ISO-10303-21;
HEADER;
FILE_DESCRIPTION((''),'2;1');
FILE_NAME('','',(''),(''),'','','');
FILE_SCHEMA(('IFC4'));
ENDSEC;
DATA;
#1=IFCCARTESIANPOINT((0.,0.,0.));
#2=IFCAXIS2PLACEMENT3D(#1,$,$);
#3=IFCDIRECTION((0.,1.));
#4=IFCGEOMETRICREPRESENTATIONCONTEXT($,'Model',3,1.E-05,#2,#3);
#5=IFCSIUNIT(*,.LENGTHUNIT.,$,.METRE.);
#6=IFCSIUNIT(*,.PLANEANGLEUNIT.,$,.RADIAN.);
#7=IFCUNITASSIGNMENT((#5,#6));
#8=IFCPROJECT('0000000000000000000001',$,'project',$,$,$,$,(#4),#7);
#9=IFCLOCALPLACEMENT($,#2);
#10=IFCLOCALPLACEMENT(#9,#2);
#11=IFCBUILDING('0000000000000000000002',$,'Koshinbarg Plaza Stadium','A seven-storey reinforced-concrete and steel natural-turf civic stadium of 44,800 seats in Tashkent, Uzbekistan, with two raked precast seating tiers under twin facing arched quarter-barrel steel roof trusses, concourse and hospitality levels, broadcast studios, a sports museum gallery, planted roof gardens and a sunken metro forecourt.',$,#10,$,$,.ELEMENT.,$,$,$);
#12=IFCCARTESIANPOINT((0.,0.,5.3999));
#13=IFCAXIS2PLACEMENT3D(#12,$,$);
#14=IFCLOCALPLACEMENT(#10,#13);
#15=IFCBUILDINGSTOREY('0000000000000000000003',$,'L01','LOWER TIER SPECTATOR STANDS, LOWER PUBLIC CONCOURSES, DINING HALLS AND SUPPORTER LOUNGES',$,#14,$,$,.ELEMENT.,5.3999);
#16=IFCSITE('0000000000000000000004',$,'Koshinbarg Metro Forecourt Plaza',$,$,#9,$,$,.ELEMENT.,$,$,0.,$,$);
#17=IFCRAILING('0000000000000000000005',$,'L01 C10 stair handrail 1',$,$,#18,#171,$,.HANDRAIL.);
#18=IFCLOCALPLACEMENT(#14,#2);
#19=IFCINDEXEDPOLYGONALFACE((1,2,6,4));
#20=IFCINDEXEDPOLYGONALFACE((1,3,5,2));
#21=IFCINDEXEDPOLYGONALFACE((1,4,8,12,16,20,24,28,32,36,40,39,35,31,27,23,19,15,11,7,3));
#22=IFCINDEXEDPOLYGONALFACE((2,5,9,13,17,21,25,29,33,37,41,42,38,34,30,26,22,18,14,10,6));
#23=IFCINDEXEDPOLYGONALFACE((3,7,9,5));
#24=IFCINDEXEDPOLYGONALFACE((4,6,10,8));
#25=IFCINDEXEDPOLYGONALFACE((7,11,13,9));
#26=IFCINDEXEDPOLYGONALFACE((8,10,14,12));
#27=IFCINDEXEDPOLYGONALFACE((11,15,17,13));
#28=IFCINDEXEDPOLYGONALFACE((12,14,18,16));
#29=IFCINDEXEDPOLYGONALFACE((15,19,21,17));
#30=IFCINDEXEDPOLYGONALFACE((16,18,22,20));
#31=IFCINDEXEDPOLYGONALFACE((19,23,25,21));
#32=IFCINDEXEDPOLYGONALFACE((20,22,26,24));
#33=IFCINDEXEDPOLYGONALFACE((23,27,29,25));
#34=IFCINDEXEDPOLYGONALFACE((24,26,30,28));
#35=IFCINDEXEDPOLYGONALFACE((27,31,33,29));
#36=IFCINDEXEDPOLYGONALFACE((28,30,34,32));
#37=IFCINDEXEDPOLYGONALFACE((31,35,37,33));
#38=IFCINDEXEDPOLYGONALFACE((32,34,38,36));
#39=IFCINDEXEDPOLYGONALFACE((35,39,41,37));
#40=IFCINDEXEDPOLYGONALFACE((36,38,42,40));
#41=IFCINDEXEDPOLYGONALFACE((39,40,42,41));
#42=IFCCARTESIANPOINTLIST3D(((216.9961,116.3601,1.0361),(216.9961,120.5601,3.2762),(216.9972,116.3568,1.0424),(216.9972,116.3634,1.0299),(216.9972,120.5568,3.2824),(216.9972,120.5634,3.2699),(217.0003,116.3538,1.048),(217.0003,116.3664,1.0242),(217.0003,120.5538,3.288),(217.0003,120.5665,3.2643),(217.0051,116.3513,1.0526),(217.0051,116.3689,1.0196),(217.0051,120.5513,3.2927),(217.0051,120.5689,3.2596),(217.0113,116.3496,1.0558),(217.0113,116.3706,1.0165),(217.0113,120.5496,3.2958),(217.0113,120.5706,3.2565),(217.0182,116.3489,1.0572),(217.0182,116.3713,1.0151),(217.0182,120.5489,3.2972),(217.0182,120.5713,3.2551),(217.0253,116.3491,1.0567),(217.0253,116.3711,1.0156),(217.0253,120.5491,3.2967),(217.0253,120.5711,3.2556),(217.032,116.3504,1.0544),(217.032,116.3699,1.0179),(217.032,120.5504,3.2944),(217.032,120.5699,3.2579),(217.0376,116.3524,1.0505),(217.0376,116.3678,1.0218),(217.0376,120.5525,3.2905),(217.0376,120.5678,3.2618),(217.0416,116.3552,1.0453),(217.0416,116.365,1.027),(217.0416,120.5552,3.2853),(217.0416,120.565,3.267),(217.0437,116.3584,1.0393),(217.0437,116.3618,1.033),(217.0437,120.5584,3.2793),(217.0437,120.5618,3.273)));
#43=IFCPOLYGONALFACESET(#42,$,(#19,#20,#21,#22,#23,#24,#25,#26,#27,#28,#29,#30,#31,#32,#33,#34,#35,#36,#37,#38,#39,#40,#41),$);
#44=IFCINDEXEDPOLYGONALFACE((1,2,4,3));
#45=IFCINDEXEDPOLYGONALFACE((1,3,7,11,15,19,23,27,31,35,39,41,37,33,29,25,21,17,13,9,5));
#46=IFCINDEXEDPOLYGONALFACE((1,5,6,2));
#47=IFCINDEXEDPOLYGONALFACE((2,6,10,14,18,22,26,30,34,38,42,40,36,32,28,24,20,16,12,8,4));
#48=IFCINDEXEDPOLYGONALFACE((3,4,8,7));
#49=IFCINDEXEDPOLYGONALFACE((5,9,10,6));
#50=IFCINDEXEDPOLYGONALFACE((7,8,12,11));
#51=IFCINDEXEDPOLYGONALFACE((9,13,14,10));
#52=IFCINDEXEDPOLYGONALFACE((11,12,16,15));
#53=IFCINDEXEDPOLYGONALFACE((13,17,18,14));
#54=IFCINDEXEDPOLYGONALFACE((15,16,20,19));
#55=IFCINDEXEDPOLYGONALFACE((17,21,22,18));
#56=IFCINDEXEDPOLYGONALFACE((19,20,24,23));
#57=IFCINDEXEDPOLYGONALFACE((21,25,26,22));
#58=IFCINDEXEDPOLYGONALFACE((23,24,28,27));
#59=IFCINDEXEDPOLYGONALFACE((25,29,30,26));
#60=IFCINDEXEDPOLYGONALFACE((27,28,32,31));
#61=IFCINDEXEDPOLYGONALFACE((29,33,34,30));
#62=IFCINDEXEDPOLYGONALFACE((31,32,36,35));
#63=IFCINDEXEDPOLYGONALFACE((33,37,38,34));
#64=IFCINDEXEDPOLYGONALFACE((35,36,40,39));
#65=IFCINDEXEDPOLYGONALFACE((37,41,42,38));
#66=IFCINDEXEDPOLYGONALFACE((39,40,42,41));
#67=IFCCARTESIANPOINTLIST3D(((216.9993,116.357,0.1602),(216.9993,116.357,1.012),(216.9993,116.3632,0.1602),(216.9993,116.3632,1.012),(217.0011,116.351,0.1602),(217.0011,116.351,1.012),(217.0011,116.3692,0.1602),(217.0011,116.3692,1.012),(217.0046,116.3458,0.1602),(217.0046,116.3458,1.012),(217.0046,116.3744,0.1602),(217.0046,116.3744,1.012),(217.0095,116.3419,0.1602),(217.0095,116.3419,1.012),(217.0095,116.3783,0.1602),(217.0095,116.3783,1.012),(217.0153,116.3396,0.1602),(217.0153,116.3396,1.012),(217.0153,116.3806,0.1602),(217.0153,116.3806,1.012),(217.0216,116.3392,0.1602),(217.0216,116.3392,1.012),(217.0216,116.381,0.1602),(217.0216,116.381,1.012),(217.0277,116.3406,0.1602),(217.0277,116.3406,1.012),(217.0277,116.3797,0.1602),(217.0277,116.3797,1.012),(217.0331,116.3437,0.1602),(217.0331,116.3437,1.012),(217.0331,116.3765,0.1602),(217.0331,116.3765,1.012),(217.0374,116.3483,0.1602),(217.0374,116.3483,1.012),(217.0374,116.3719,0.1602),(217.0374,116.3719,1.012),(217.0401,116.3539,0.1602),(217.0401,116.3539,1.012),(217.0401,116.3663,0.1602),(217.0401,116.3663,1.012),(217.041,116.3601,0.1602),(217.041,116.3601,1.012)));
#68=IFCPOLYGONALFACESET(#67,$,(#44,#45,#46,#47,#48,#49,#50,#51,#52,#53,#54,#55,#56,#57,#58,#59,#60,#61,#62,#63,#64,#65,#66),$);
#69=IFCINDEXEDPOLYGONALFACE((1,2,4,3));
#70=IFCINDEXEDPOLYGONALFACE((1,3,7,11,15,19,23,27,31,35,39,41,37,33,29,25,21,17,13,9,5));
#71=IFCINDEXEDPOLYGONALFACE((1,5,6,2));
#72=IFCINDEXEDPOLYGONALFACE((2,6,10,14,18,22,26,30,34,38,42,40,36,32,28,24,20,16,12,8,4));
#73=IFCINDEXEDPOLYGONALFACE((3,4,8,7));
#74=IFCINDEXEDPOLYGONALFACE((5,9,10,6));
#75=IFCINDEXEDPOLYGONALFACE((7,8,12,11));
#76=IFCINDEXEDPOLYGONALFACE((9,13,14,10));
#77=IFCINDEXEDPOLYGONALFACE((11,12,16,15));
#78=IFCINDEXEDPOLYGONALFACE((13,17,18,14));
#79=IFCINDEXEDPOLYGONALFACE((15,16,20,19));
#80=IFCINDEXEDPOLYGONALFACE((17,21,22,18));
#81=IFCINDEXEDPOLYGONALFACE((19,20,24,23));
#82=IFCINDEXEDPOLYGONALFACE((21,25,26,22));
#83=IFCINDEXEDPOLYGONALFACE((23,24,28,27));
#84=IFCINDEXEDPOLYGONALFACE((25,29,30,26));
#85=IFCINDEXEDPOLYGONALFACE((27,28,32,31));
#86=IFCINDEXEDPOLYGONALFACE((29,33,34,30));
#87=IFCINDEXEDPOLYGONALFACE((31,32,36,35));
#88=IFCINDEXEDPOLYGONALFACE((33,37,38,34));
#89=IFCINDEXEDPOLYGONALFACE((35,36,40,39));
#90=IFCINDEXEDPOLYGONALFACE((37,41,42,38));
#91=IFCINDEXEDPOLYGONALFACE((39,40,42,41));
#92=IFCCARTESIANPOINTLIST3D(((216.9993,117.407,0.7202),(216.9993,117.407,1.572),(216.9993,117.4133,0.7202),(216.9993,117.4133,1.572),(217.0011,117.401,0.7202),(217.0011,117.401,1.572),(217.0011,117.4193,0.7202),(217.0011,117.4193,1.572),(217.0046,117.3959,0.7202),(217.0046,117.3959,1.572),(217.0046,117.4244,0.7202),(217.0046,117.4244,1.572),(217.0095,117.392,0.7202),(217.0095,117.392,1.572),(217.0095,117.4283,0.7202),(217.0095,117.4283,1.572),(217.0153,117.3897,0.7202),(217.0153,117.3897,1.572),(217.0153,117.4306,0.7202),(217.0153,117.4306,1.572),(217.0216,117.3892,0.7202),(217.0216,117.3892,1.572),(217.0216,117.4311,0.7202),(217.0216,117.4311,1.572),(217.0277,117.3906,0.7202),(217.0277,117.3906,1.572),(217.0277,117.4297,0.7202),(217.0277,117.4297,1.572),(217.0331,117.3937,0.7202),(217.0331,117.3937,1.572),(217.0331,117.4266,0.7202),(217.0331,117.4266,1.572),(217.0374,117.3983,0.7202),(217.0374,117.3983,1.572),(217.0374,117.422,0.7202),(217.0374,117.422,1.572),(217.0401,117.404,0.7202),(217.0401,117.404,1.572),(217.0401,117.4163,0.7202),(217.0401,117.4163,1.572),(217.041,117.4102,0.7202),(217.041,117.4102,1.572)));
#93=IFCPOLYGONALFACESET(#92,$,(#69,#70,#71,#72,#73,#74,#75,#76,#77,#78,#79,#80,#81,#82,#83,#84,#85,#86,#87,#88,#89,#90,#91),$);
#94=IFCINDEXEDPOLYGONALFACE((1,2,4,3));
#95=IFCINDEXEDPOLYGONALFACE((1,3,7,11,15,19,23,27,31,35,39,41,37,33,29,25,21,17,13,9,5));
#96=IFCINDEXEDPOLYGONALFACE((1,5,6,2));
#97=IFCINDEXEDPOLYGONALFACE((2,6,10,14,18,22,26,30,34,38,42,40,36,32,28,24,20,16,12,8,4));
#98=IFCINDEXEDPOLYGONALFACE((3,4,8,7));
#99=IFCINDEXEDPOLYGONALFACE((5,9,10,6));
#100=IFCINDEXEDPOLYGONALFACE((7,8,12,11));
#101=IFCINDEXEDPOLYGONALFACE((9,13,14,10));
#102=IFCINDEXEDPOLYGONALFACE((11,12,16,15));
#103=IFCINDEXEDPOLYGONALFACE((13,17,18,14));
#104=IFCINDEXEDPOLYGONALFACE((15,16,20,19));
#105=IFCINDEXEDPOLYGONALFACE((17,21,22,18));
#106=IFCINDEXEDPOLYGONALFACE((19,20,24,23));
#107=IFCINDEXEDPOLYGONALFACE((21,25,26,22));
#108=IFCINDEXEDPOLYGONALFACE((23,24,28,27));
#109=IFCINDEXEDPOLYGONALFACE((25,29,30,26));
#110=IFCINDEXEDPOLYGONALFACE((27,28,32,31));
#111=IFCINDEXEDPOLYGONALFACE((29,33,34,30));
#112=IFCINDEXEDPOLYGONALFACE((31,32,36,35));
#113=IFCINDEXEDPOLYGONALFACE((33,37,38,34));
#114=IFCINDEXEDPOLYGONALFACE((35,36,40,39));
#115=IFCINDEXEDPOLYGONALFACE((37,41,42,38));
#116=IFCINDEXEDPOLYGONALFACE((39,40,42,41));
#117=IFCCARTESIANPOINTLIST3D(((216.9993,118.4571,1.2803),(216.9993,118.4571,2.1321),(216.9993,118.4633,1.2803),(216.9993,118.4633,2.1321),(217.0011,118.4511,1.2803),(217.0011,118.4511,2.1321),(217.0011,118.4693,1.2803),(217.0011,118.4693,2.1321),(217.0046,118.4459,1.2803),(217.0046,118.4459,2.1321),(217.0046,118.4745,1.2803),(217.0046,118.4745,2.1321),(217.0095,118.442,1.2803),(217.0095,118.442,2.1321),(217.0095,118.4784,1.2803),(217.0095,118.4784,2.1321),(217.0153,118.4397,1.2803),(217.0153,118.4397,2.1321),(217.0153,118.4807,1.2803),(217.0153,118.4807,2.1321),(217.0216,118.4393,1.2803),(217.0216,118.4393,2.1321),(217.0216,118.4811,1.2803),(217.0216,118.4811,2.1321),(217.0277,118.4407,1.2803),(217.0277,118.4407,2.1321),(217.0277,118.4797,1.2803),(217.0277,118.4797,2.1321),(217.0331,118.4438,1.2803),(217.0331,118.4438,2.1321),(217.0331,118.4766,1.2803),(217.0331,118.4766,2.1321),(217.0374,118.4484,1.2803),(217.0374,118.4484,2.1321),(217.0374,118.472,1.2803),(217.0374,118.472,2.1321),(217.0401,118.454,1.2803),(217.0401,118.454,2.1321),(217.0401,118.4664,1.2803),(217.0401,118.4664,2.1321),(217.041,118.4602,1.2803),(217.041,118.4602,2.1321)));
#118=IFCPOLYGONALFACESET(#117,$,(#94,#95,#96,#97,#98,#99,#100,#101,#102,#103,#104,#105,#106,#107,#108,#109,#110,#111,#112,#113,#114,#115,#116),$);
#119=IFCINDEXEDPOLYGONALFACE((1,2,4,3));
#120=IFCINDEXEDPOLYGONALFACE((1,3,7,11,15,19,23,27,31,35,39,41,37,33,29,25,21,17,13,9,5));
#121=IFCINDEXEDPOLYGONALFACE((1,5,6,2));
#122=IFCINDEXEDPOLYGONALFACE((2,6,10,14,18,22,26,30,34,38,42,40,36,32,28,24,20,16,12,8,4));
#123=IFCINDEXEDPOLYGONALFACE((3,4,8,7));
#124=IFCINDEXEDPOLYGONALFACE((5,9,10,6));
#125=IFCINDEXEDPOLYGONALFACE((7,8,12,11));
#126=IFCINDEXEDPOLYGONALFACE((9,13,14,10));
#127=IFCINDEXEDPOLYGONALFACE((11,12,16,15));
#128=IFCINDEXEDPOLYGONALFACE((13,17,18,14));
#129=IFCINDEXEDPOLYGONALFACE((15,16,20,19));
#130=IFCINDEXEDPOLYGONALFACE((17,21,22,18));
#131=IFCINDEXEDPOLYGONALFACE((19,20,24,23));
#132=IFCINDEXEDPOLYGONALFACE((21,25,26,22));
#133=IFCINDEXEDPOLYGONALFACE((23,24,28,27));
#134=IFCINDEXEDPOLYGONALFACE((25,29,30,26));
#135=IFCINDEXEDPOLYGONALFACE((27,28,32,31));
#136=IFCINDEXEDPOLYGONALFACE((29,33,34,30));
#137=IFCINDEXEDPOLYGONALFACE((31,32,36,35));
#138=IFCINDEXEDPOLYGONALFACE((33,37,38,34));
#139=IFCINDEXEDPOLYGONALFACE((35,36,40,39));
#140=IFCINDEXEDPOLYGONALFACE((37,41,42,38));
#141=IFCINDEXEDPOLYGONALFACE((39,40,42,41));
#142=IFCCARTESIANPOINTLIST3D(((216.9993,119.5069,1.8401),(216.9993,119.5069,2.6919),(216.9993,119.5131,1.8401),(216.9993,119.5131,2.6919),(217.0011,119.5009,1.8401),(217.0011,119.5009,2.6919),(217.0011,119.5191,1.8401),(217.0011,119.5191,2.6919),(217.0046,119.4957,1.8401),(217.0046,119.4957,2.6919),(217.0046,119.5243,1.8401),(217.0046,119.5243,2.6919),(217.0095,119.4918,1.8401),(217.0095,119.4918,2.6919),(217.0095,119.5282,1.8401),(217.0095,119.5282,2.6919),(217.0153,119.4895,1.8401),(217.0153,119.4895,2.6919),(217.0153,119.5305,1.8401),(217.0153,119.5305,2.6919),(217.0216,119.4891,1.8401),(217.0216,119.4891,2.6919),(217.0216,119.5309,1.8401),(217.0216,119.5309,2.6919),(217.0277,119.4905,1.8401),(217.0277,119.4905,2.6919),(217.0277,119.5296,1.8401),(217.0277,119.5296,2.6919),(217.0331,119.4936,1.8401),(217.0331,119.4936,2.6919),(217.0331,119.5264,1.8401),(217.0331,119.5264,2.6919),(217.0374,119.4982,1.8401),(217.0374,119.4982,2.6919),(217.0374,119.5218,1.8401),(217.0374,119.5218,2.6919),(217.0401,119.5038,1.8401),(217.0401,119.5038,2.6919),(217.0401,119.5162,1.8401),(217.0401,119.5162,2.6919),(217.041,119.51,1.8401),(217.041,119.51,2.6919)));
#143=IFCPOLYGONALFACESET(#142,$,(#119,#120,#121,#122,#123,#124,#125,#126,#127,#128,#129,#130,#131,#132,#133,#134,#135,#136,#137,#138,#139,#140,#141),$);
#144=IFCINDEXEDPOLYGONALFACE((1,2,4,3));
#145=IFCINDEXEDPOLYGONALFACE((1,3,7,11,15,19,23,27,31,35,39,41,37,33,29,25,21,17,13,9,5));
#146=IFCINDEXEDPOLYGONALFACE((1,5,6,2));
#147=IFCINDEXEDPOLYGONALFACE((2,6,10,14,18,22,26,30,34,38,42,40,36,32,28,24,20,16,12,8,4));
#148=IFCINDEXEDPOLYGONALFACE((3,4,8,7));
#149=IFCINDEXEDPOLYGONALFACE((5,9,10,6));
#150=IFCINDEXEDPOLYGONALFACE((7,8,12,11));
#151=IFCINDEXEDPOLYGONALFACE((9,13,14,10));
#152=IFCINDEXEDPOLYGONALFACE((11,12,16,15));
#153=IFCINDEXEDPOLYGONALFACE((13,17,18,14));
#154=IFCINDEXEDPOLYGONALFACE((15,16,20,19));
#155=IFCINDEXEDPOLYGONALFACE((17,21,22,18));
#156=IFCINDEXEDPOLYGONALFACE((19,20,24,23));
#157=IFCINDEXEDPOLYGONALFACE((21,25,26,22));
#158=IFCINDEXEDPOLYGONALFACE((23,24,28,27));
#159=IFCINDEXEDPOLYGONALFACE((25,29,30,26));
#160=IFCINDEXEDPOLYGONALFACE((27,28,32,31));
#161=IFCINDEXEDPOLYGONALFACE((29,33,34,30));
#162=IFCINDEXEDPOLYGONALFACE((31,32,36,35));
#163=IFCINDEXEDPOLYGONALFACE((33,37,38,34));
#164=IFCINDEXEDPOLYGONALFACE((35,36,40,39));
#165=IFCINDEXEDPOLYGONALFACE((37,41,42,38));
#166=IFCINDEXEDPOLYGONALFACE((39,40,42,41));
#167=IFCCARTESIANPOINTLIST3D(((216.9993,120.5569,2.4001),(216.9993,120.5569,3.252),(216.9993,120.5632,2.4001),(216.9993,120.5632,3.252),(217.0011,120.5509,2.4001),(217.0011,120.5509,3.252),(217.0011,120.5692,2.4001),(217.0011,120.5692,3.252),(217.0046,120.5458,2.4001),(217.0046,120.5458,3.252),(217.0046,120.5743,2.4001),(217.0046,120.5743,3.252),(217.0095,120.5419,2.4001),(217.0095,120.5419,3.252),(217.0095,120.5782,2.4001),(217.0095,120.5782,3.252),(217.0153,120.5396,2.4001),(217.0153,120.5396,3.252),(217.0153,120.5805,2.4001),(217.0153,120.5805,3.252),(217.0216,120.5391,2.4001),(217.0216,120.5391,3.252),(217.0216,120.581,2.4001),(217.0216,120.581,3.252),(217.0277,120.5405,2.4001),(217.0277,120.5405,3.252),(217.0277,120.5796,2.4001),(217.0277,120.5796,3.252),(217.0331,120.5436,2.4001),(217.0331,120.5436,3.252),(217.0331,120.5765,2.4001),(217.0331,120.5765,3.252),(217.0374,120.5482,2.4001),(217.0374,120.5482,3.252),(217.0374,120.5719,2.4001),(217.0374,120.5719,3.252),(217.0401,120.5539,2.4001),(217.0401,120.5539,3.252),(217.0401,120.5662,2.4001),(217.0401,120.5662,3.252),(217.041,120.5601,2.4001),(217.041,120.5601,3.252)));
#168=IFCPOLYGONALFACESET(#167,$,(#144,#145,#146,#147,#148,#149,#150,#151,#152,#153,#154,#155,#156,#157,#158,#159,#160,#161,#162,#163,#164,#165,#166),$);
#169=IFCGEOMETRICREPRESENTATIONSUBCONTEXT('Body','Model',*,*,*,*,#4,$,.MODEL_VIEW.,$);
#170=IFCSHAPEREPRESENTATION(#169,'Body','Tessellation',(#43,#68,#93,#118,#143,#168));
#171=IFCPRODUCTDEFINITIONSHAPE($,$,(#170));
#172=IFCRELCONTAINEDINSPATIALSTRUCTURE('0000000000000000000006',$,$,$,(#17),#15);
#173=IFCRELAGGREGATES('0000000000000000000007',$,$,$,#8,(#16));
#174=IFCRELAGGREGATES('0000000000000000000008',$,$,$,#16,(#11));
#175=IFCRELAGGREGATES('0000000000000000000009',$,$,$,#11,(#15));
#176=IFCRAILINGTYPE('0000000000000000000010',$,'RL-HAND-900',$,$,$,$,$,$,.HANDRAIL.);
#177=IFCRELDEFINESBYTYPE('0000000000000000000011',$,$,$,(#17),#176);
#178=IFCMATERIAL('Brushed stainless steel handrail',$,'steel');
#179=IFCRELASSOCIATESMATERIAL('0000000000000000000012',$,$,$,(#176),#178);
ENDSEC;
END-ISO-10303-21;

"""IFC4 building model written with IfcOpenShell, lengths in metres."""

from ifc_helpers import new_model, si_unit, direction, frame, origin, origin_2d, place, context, subcontext, project, spatial, circle, extrude, material, type_object, element, save


model = new_model("IFC4")

# Units and contexts
model_context = context("Model", 3, precision=1e-05, world=origin(), true_north=direction((0.0, 1.0)))
body_context = subcontext(model_context, "Body", "Model", "MODEL_VIEW")
ifc_project = project(units=[si_unit("LENGTHUNIT", "METRE"), si_unit("PLANEANGLEUNIT", "RADIAN")], contexts=[model_context])

# Site, building, storey
site_placement = place(None, origin())
site = spatial("IfcSite", under=ifc_project, at=site_placement, Name="Koshinbarg Metro Forecourt Plaza", CompositionType="ELEMENT", RefElevation=0.0)
building_placement = place(site_placement, origin())
building = spatial("IfcBuilding", under=site, at=building_placement, Name="Koshinbarg Plaza Stadium", Description="A seven-storey reinforced-concrete and steel natural-turf civic stadium of 44,800 seats in Tashkent, Uzbekistan, with two raked precast seating tiers under twin facing arched quarter-barrel steel roof trusses, concourse and hospitality levels, broadcast studios, a sports museum gallery, planted roof gardens and a sunken metro forecourt.", CompositionType="ELEMENT")
storey_placement = place(building_placement, frame((0.0, 0.0, 5.3999)))
storey = spatial("IfcBuildingStorey", under=building, at=storey_placement, Name="L01", Description="LOWER TIER SPECTATOR STANDS, LOWER PUBLIC CONCOURSES, DINING HALLS AND SUPPORTER LOUNGES", CompositionType="ELEMENT", Elevation=5.3999)

# Railing
ifc_material_1 = material(Name="Brushed stainless steel handrail", Category="steel")
railing_type_1 = type_object("IfcRailingType", Name="RL-HAND-900", PredefinedType="HANDRAIL", material=ifc_material_1)
railing_1_placement = place(storey_placement, frame((217.02, 116.3601, 0.1602)))
element("IfcRailing", 1, at=railing_1_placement, inside=storey, type_object=railing_type_1, Name="L01 C10 stair handrail 1", PredefinedType="HANDRAIL", context=body_context, shape_type="SweptSolid", body=[
    extrude(circle(Radius=0.0239, at=origin_2d()), frame((0.0, 0.0, 0.876), z_axis=(0.0, 0.882352, 0.470591), x_axis=(-1.0, 0.0, 0.0)), (0.0, 0.0, 1.0), 4.76),
    extrude(circle(Radius=0.021, at=origin_2d()), origin(), (0.0, 0.0, 1.0), 0.8518),
    extrude(circle(Radius=0.021, at=origin_2d()), frame((0.0, 1.05, 0.5601)), (0.0, 0.0, 1.0), 0.8518),
    extrude(circle(Radius=0.021, at=origin_2d()), frame((0.0, 2.1001, 1.1201)), (0.0, 0.0, 1.0), 0.8518),
    extrude(circle(Radius=0.021, at=origin_2d()), frame((0.0, 3.1499, 1.6799)), (0.0, 0.0, 1.0), 0.8518),
    extrude(circle(Radius=0.021, at=origin_2d()), frame((0.0, 4.2, 2.24)), (0.0, 0.0, 1.0), 0.8518),
])

save(model, "model.ifc")
